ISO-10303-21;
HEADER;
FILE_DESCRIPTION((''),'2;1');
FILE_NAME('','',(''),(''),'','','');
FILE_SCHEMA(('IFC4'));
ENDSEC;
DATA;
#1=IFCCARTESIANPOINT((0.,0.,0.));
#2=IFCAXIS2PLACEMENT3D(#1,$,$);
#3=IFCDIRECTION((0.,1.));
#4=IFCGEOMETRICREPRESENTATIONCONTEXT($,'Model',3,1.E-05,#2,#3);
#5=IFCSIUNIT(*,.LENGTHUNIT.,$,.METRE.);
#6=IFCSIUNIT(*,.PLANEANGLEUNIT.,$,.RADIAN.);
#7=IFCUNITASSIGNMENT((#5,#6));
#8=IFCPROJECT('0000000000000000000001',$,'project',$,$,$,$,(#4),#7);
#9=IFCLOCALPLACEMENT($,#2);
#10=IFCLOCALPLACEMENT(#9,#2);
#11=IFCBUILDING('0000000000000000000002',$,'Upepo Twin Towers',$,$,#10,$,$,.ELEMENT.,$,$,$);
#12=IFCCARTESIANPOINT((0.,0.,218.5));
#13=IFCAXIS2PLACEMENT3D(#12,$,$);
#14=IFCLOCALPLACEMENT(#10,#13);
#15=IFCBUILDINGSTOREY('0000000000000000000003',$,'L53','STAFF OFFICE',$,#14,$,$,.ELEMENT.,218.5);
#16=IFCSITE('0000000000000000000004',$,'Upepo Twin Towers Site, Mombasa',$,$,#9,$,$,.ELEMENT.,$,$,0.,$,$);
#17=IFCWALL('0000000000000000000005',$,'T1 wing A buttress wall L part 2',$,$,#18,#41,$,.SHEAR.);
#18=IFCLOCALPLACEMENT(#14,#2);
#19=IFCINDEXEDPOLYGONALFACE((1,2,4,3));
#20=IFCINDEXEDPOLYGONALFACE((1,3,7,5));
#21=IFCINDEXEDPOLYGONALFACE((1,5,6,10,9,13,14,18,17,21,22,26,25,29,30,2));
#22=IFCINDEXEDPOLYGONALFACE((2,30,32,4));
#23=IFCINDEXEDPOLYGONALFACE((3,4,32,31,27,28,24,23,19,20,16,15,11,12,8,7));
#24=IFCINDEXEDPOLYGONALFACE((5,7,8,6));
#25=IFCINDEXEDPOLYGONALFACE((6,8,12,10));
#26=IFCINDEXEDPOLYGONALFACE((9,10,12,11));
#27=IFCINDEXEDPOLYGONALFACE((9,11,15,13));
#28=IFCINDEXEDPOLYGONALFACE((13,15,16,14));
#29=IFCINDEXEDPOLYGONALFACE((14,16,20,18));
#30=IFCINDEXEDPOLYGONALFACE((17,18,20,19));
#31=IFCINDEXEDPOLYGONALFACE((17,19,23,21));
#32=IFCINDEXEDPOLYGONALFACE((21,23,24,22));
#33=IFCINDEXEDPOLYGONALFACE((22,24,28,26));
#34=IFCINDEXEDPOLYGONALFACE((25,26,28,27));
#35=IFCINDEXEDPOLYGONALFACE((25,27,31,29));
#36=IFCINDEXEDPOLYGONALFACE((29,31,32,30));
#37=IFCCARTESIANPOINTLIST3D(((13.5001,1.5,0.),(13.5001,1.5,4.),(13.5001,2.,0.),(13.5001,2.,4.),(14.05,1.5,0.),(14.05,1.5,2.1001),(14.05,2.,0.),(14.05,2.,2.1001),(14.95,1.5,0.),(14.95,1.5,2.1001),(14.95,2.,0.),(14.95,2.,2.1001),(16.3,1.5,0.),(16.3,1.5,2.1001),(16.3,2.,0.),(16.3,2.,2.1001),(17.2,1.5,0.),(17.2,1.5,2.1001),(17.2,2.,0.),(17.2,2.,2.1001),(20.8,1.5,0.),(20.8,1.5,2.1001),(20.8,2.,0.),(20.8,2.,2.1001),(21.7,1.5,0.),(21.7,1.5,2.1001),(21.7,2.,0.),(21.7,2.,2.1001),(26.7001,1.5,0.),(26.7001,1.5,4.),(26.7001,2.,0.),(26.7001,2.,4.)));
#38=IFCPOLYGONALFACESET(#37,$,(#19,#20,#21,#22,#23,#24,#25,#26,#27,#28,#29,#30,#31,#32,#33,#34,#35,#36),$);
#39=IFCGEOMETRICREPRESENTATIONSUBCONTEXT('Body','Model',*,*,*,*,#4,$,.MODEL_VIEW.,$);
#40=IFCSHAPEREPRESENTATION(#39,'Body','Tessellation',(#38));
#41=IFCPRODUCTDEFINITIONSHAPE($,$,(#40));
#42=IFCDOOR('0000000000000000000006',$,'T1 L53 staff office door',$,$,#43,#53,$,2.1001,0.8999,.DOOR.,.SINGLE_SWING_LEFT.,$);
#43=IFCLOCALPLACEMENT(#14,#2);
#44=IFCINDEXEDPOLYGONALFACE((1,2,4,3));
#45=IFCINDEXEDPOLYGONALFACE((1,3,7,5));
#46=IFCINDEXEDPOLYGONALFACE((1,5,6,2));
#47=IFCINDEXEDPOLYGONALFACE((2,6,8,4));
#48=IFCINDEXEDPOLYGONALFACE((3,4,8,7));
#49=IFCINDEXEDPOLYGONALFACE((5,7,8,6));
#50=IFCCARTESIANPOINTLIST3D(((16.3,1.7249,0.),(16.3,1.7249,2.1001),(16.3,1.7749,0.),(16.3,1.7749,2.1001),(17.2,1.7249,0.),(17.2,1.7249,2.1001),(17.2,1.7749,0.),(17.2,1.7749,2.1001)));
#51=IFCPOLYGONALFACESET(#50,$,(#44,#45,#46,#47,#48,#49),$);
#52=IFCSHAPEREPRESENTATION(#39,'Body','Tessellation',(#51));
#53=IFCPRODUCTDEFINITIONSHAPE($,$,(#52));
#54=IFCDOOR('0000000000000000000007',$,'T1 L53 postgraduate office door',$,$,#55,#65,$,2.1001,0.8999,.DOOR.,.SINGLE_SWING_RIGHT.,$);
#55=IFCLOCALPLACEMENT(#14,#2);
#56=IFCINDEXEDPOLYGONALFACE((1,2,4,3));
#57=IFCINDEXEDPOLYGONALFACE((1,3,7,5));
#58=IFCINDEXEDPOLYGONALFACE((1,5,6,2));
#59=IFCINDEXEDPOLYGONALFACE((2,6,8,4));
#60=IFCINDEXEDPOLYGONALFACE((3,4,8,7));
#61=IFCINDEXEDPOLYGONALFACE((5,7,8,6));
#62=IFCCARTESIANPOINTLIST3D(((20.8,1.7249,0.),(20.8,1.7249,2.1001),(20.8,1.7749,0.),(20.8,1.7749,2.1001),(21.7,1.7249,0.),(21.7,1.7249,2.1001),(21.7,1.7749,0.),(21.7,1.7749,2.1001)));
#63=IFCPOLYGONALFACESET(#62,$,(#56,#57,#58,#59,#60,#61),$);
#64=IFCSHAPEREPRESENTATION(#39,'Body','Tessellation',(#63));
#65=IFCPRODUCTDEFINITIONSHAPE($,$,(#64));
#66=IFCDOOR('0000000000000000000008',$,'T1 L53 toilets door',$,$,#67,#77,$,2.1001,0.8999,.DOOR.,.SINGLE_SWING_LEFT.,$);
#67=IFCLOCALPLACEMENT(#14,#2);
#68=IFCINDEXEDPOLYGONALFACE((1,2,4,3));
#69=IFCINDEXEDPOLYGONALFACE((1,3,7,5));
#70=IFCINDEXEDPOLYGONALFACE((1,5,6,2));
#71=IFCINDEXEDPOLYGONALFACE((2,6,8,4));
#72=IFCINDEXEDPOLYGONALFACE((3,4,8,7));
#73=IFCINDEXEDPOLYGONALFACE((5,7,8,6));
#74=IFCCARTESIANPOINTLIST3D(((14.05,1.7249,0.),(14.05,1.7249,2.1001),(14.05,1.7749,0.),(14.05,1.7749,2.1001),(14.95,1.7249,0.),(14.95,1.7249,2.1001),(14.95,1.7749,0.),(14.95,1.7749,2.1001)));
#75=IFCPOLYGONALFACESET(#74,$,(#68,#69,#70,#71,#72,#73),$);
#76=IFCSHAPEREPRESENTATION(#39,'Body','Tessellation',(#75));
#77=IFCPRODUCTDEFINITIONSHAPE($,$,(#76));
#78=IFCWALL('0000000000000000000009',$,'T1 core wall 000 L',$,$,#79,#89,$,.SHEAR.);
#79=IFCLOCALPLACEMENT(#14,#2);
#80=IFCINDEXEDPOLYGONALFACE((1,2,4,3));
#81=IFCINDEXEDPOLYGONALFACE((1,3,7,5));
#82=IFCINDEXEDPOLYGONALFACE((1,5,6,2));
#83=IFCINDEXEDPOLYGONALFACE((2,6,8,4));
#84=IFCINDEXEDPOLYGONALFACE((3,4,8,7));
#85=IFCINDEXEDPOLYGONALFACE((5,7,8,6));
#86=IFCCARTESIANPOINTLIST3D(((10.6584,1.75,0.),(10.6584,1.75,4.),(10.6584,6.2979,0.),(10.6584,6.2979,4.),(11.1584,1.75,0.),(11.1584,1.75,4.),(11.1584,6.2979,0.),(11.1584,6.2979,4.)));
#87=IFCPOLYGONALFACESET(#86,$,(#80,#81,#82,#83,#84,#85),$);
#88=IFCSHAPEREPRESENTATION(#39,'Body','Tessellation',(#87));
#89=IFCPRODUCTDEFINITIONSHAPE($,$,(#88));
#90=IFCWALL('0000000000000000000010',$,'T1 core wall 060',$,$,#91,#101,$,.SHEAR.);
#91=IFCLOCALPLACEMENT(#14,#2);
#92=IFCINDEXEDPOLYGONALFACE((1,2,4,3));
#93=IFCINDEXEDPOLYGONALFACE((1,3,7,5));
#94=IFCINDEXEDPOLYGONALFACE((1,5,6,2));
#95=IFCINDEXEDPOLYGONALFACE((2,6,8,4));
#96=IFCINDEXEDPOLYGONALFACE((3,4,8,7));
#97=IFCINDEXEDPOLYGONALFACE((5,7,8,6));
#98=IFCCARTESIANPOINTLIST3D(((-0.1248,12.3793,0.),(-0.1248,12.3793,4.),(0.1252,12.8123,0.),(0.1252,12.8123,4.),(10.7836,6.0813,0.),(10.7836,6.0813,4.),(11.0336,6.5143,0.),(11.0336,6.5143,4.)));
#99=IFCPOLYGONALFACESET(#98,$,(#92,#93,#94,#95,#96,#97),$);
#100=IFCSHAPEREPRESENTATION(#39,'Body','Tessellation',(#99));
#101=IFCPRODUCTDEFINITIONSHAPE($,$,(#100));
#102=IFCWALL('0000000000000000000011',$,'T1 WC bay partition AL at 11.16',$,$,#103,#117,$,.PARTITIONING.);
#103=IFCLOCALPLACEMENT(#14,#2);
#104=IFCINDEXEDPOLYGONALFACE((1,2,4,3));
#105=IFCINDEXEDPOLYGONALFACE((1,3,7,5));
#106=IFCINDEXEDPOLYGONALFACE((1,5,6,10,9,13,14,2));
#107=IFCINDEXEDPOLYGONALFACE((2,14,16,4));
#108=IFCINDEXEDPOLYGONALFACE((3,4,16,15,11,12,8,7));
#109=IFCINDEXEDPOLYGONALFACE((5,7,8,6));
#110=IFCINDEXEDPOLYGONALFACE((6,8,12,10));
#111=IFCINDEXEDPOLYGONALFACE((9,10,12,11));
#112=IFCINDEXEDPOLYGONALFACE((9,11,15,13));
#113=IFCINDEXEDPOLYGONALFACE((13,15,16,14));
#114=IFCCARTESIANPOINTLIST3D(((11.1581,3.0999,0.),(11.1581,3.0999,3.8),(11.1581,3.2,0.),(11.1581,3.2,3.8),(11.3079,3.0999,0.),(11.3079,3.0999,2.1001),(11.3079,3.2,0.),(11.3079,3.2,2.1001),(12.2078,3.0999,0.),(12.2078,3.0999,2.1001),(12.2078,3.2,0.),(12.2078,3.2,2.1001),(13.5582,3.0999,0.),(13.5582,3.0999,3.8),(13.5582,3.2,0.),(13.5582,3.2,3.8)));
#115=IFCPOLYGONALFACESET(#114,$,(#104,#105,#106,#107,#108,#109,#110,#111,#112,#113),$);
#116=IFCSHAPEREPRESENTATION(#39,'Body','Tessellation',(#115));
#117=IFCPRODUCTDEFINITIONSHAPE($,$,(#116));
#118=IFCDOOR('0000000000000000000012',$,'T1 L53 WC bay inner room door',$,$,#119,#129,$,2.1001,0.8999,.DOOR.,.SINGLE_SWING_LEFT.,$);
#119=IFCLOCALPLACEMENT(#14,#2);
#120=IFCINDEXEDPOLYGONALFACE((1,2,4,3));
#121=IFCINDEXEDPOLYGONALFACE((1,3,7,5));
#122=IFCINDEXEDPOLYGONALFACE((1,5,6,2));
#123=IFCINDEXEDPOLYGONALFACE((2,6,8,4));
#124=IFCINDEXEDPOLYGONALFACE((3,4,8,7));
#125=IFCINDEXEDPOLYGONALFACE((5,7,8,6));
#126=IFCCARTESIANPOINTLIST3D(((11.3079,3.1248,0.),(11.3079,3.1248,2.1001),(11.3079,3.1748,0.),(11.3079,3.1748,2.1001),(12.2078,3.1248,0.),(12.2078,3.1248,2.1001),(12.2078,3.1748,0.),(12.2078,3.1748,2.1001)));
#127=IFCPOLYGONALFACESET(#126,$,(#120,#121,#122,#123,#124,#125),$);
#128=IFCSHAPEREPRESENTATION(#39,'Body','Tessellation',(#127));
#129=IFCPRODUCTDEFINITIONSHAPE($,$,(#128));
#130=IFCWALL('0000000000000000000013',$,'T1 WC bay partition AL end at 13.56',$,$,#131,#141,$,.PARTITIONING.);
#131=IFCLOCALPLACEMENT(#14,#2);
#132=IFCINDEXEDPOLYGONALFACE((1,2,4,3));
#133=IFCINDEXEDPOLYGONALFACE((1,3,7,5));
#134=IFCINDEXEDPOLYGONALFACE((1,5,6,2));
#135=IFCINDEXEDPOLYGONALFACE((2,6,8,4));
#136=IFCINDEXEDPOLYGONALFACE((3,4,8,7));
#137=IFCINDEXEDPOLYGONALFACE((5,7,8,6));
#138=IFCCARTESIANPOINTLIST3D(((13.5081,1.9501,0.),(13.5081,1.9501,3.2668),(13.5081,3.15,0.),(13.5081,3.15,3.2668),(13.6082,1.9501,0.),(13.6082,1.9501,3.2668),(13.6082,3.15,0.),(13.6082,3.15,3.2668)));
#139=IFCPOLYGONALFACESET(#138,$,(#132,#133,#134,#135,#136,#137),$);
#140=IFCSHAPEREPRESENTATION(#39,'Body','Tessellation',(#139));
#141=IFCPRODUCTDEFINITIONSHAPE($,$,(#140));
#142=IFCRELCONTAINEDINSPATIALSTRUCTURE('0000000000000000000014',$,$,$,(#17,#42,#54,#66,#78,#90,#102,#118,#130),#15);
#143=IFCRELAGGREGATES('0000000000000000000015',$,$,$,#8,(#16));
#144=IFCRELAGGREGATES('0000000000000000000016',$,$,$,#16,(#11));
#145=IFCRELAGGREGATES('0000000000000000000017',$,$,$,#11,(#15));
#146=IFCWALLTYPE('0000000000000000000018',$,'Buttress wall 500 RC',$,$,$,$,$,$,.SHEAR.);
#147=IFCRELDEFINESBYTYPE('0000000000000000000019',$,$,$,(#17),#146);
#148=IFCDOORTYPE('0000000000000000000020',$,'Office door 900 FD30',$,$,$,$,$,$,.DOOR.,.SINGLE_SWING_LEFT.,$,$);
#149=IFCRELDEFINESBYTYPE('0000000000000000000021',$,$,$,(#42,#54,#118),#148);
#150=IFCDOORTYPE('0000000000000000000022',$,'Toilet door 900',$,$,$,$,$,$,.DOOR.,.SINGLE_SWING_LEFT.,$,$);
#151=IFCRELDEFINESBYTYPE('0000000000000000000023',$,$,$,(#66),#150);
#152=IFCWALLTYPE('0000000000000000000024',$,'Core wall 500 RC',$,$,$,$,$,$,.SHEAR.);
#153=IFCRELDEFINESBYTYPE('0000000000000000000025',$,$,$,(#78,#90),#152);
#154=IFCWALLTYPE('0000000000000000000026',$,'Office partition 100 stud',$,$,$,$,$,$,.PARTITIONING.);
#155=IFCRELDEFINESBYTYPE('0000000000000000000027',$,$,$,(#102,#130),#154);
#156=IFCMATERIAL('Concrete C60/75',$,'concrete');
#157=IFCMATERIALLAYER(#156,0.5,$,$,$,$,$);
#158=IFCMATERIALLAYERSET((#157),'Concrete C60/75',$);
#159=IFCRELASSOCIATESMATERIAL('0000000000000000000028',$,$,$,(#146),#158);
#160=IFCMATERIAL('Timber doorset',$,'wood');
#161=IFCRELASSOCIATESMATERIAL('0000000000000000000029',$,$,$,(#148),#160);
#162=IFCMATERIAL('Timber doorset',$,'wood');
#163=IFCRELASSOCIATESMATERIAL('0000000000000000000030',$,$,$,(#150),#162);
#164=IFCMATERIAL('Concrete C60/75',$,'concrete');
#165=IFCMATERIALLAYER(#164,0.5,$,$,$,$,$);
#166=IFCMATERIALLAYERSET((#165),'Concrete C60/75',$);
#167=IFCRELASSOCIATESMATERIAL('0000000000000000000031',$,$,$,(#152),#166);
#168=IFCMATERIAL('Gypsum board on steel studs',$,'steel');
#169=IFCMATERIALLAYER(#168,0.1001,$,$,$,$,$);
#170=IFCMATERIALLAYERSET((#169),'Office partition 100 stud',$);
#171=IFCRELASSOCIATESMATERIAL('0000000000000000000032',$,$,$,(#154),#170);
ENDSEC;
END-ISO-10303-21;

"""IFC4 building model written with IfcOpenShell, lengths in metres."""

from ifc_helpers import new_model, si_unit, direction, frame, frame_2d, origin, place, context, subcontext, project, spatial, rectangle, extrude, material, layer, layer_set, type_object, element, fill, save


model = new_model("IFC4")

# Units and contexts
model_context = context("Model", 3, precision=1e-05, world=origin(), true_north=direction((0.0, 1.0)))
body_context = subcontext(model_context, "Body", "Model", "MODEL_VIEW")
ifc_project = project(units=[si_unit("LENGTHUNIT", "METRE"), si_unit("PLANEANGLEUNIT", "RADIAN")], contexts=[model_context])

# Site, building, storey
site_placement = place(None, origin())
site = spatial("IfcSite", under=ifc_project, at=site_placement, Name="Upepo Twin Towers Site, Mombasa", CompositionType="ELEMENT", RefElevation=0.0)
building_placement = place(site_placement, origin())
building = spatial("IfcBuilding", under=site, at=building_placement, Name="Upepo Twin Towers", CompositionType="ELEMENT")
storey_placement = place(building_placement, frame((0.0, 0.0, 218.5)))
storey = spatial("IfcBuildingStorey", under=building, at=storey_placement, Name="L53", Description="STAFF OFFICE", CompositionType="ELEMENT", Elevation=218.5)

# Wall, openings, doors
ifc_material_1 = material(Name="Concrete C60/75", Category="concrete")
ifc_layer_1 = layer(ifc_material_1, 0.5)
ifc_layer_set_1 = layer_set([ifc_layer_1], Name="Concrete C60/75")
wall_type_1 = type_object("IfcWallType", Name="Buttress wall 500 RC", PredefinedType="SHEAR", material=ifc_layer_set_1)
wall_1_placement = place(storey_placement, frame((13.5, 1.75, 0.0), z_axis=(0.0, 0.0, 1.0), x_axis=(1.0, 0.0, 0.0)))
wall_1 = element("IfcWall", 1, at=wall_1_placement, inside=storey, type_object=wall_type_1, Name="T1 wing A buttress wall L part 2", PredefinedType="SHEAR", context=body_context, shape_type="SweptSolid", body=[
    extrude(rectangle(XDim=13.2, YDim=0.5, at=frame_2d((6.6001, 0.0))), origin(), (0.0, 0.0, 1.0), 4.0),
])
opening_1_placement = place(wall_1_placement, frame((0.55, 0.0, 0.0)))
opening_1 = element("IfcOpeningElement", 2, at=opening_1_placement, cuts=wall_1, PredefinedType="OPENING", context=body_context, shape_type="SweptSolid", body=[
    extrude(rectangle(XDim=0.8999, YDim=2.1001, at=frame_2d((0.45, 1.05))), frame((0.0, 0.26, 0.0), z_axis=(0.0, -1.0, 0.0), x_axis=(1.0, 0.0, 0.0)), (0.0, 0.0, 1.0), 0.52),
])
opening_2_placement = place(wall_1_placement, frame((2.8, 0.0, 0.0)))
opening_2 = element("IfcOpeningElement", 3, at=opening_2_placement, cuts=wall_1, PredefinedType="OPENING", context=body_context, shape_type="SweptSolid", body=[
    extrude(rectangle(XDim=0.8999, YDim=2.1001, at=frame_2d((0.45, 1.05))), frame((0.0, 0.26, 0.0), z_axis=(0.0, -1.0, 0.0), x_axis=(1.0, 0.0, 0.0)), (0.0, 0.0, 1.0), 0.52),
])
opening_3_placement = place(wall_1_placement, frame((7.3, 0.0, 0.0)))
opening_3 = element("IfcOpeningElement", 4, at=opening_3_placement, cuts=wall_1, PredefinedType="OPENING", context=body_context, shape_type="SweptSolid", body=[
    extrude(rectangle(XDim=0.8999, YDim=2.1001, at=frame_2d((0.45, 1.05))), frame((0.0, 0.26, 0.0), z_axis=(0.0, -1.0, 0.0), x_axis=(1.0, 0.0, 0.0)), (0.0, 0.0, 1.0), 0.52),
])
ifc_material_2 = material(Name="Timber doorset", Category="wood")
door_type_1 = type_object("IfcDoorType", Name="Office door 900 FD30", OperationType="SINGLE_SWING_LEFT", PredefinedType="DOOR", material=ifc_material_2)
door_1_placement = place(opening_2_placement, origin())
door_1 = element("IfcDoor", 5, at=door_1_placement, inside=storey, type_object=door_type_1, Name="T1 L53 staff office door", OperationType="SINGLE_SWING_LEFT", OverallHeight=2.1001, OverallWidth=0.8999, PredefinedType="DOOR", context=body_context, shape_type="SweptSolid", body=[
    extrude(rectangle(XDim=0.8999, YDim=2.1001, at=frame_2d((0.45, 1.05))), frame((0.0, 0.0249, 0.0), z_axis=(0.0, -1.0, 0.0), x_axis=(1.0, 0.0, 0.0)), (0.0, 0.0, 1.0), 0.05),
])
fill(opening_2, door_1)
door_2_placement = place(opening_3_placement, origin())
door_2 = element("IfcDoor", 6, at=door_2_placement, inside=storey, type_object=door_type_1, Name="T1 L53 postgraduate office door", OperationType="SINGLE_SWING_RIGHT", OverallHeight=2.1001, OverallWidth=0.8999, PredefinedType="DOOR", context=body_context, shape_type="SweptSolid", body=[
    extrude(rectangle(XDim=0.8999, YDim=2.1001, at=frame_2d((0.45, 1.05))), frame((0.0, 0.0249, 0.0), z_axis=(0.0, -1.0, 0.0), x_axis=(1.0, 0.0, 0.0)), (0.0, 0.0, 1.0), 0.05),
])
fill(opening_3, door_2)
ifc_material_3 = material(Name="Timber doorset", Category="wood")
door_type_2 = type_object("IfcDoorType", Name="Toilet door 900", OperationType="SINGLE_SWING_LEFT", PredefinedType="DOOR", material=ifc_material_3)
door_3_placement = place(opening_1_placement, origin())
door_3 = element("IfcDoor", 7, at=door_3_placement, inside=storey, type_object=door_type_2, Name="T1 L53 toilets door", OperationType="SINGLE_SWING_LEFT", OverallHeight=2.1001, OverallWidth=0.8999, PredefinedType="DOOR", context=body_context, shape_type="SweptSolid", body=[
    extrude(rectangle(XDim=0.8999, YDim=2.1001, at=frame_2d((0.45, 1.05))), frame((0.0, 0.0249, 0.0), z_axis=(0.0, -1.0, 0.0), x_axis=(1.0, 0.0, 0.0)), (0.0, 0.0, 1.0), 0.05),
])
fill(opening_1, door_3)

# Walls
ifc_material_4 = material(Name="Concrete C60/75", Category="concrete")
ifc_layer_2 = layer(ifc_material_4, 0.5)
ifc_layer_set_2 = layer_set([ifc_layer_2], Name="Concrete C60/75")
wall_type_2 = type_object("IfcWallType", Name="Core wall 500 RC", PredefinedType="SHEAR", material=ifc_layer_set_2)
wall_2_placement = place(storey_placement, frame((10.9084, 1.75, 0.0), z_axis=(0.0, 0.0, 1.0), x_axis=(0.0, 1.0, 0.0)))
element("IfcWall", 8, at=wall_2_placement, inside=storey, type_object=wall_type_2, Name="T1 core wall 000 L", PredefinedType="SHEAR", context=body_context, shape_type="SweptSolid", body=[
    extrude(rectangle(XDim=4.5479, YDim=0.5, at=frame_2d((2.2739, 0.0))), origin(), (0.0, 0.0, 1.0), 4.0),
])
wall_3_placement = place(storey_placement, frame((10.9084, 6.2979, 0.0), z_axis=(0.0, 0.0, 1.0), x_axis=(-0.866022, 0.500006, 0.0)))
element("IfcWall", 9, at=wall_3_placement, inside=storey, type_object=wall_type_2, Name="T1 core wall 060", PredefinedType="SHEAR", context=body_context, shape_type="SweptSolid", body=[
    extrude(rectangle(XDim=12.5959, YDim=0.5, at=frame_2d((6.2979, 0.0))), origin(), (0.0, 0.0, 1.0), 4.0),
])

# Wall, opening, door
ifc_material_5 = material(Name="Gypsum board on steel studs", Category="steel")
ifc_layer_3 = layer(ifc_material_5, 0.1001)
ifc_layer_set_3 = layer_set([ifc_layer_3], Name="Office partition 100 stud")
wall_type_3 = type_object("IfcWallType", Name="Office partition 100 stud", PredefinedType="PARTITIONING", material=ifc_layer_set_3)
wall_4_placement = place(storey_placement, frame((11.158, 3.1499, 0.0), z_axis=(0.0, 0.0, 1.0), x_axis=(1.0, 0.0, 0.0)))
wall_4 = element("IfcWall", 10, at=wall_4_placement, inside=storey, type_object=wall_type_3, Name="T1 WC bay partition AL at 11.16", PredefinedType="PARTITIONING", context=body_context, shape_type="SweptSolid", body=[
    extrude(rectangle(XDim=2.4001, YDim=0.1001, at=frame_2d((1.2002, 0.0))), origin(), (0.0, 0.0, 1.0), 3.8),
])
opening_4_placement = place(wall_4_placement, frame((0.1499, 0.0, 0.0)))
opening_4 = element("IfcOpeningElement", 11, at=opening_4_placement, cuts=wall_4, PredefinedType="OPENING", context=body_context, shape_type="SweptSolid", body=[
    extrude(rectangle(XDim=0.8999, YDim=2.1001, at=frame_2d((0.45, 1.05))), frame((0.0, 0.0601, 0.0), z_axis=(0.0, -1.0, 0.0), x_axis=(1.0, 0.0, 0.0)), (0.0, 0.0, 1.0), 0.1201),
])
door_4_placement = place(opening_4_placement, origin())
door_4 = element("IfcDoor", 12, at=door_4_placement, inside=storey, type_object=door_type_1, Name="T1 L53 WC bay inner room door", OperationType="SINGLE_SWING_LEFT", OverallHeight=2.1001, OverallWidth=0.8999, PredefinedType="DOOR", context=body_context, shape_type="SweptSolid", body=[
    extrude(rectangle(XDim=0.8999, YDim=2.1001, at=frame_2d((0.45, 1.05))), frame((0.0, 0.0249, 0.0), z_axis=(0.0, -1.0, 0.0), x_axis=(1.0, 0.0, 0.0)), (0.0, 0.0, 1.0), 0.05),
])
fill(opening_4, door_4)

# Wall
wall_5_placement = place(storey_placement, frame((13.5581, 1.95, 0.0), z_axis=(0.0, 0.0, 1.0), x_axis=(0.0, 1.0, 0.0)))
element("IfcWall", 13, at=wall_5_placement, inside=storey, type_object=wall_type_3, Name="T1 WC bay partition AL end at 13.56", PredefinedType="PARTITIONING", context=body_context, shape_type="SweptSolid", body=[
    extrude(rectangle(XDim=1.2, YDim=0.1001, at=frame_2d((0.6001, 0.0))), origin(), (0.0, 0.0, 1.0), 3.2668),
])

save(model, "model.ifc")
